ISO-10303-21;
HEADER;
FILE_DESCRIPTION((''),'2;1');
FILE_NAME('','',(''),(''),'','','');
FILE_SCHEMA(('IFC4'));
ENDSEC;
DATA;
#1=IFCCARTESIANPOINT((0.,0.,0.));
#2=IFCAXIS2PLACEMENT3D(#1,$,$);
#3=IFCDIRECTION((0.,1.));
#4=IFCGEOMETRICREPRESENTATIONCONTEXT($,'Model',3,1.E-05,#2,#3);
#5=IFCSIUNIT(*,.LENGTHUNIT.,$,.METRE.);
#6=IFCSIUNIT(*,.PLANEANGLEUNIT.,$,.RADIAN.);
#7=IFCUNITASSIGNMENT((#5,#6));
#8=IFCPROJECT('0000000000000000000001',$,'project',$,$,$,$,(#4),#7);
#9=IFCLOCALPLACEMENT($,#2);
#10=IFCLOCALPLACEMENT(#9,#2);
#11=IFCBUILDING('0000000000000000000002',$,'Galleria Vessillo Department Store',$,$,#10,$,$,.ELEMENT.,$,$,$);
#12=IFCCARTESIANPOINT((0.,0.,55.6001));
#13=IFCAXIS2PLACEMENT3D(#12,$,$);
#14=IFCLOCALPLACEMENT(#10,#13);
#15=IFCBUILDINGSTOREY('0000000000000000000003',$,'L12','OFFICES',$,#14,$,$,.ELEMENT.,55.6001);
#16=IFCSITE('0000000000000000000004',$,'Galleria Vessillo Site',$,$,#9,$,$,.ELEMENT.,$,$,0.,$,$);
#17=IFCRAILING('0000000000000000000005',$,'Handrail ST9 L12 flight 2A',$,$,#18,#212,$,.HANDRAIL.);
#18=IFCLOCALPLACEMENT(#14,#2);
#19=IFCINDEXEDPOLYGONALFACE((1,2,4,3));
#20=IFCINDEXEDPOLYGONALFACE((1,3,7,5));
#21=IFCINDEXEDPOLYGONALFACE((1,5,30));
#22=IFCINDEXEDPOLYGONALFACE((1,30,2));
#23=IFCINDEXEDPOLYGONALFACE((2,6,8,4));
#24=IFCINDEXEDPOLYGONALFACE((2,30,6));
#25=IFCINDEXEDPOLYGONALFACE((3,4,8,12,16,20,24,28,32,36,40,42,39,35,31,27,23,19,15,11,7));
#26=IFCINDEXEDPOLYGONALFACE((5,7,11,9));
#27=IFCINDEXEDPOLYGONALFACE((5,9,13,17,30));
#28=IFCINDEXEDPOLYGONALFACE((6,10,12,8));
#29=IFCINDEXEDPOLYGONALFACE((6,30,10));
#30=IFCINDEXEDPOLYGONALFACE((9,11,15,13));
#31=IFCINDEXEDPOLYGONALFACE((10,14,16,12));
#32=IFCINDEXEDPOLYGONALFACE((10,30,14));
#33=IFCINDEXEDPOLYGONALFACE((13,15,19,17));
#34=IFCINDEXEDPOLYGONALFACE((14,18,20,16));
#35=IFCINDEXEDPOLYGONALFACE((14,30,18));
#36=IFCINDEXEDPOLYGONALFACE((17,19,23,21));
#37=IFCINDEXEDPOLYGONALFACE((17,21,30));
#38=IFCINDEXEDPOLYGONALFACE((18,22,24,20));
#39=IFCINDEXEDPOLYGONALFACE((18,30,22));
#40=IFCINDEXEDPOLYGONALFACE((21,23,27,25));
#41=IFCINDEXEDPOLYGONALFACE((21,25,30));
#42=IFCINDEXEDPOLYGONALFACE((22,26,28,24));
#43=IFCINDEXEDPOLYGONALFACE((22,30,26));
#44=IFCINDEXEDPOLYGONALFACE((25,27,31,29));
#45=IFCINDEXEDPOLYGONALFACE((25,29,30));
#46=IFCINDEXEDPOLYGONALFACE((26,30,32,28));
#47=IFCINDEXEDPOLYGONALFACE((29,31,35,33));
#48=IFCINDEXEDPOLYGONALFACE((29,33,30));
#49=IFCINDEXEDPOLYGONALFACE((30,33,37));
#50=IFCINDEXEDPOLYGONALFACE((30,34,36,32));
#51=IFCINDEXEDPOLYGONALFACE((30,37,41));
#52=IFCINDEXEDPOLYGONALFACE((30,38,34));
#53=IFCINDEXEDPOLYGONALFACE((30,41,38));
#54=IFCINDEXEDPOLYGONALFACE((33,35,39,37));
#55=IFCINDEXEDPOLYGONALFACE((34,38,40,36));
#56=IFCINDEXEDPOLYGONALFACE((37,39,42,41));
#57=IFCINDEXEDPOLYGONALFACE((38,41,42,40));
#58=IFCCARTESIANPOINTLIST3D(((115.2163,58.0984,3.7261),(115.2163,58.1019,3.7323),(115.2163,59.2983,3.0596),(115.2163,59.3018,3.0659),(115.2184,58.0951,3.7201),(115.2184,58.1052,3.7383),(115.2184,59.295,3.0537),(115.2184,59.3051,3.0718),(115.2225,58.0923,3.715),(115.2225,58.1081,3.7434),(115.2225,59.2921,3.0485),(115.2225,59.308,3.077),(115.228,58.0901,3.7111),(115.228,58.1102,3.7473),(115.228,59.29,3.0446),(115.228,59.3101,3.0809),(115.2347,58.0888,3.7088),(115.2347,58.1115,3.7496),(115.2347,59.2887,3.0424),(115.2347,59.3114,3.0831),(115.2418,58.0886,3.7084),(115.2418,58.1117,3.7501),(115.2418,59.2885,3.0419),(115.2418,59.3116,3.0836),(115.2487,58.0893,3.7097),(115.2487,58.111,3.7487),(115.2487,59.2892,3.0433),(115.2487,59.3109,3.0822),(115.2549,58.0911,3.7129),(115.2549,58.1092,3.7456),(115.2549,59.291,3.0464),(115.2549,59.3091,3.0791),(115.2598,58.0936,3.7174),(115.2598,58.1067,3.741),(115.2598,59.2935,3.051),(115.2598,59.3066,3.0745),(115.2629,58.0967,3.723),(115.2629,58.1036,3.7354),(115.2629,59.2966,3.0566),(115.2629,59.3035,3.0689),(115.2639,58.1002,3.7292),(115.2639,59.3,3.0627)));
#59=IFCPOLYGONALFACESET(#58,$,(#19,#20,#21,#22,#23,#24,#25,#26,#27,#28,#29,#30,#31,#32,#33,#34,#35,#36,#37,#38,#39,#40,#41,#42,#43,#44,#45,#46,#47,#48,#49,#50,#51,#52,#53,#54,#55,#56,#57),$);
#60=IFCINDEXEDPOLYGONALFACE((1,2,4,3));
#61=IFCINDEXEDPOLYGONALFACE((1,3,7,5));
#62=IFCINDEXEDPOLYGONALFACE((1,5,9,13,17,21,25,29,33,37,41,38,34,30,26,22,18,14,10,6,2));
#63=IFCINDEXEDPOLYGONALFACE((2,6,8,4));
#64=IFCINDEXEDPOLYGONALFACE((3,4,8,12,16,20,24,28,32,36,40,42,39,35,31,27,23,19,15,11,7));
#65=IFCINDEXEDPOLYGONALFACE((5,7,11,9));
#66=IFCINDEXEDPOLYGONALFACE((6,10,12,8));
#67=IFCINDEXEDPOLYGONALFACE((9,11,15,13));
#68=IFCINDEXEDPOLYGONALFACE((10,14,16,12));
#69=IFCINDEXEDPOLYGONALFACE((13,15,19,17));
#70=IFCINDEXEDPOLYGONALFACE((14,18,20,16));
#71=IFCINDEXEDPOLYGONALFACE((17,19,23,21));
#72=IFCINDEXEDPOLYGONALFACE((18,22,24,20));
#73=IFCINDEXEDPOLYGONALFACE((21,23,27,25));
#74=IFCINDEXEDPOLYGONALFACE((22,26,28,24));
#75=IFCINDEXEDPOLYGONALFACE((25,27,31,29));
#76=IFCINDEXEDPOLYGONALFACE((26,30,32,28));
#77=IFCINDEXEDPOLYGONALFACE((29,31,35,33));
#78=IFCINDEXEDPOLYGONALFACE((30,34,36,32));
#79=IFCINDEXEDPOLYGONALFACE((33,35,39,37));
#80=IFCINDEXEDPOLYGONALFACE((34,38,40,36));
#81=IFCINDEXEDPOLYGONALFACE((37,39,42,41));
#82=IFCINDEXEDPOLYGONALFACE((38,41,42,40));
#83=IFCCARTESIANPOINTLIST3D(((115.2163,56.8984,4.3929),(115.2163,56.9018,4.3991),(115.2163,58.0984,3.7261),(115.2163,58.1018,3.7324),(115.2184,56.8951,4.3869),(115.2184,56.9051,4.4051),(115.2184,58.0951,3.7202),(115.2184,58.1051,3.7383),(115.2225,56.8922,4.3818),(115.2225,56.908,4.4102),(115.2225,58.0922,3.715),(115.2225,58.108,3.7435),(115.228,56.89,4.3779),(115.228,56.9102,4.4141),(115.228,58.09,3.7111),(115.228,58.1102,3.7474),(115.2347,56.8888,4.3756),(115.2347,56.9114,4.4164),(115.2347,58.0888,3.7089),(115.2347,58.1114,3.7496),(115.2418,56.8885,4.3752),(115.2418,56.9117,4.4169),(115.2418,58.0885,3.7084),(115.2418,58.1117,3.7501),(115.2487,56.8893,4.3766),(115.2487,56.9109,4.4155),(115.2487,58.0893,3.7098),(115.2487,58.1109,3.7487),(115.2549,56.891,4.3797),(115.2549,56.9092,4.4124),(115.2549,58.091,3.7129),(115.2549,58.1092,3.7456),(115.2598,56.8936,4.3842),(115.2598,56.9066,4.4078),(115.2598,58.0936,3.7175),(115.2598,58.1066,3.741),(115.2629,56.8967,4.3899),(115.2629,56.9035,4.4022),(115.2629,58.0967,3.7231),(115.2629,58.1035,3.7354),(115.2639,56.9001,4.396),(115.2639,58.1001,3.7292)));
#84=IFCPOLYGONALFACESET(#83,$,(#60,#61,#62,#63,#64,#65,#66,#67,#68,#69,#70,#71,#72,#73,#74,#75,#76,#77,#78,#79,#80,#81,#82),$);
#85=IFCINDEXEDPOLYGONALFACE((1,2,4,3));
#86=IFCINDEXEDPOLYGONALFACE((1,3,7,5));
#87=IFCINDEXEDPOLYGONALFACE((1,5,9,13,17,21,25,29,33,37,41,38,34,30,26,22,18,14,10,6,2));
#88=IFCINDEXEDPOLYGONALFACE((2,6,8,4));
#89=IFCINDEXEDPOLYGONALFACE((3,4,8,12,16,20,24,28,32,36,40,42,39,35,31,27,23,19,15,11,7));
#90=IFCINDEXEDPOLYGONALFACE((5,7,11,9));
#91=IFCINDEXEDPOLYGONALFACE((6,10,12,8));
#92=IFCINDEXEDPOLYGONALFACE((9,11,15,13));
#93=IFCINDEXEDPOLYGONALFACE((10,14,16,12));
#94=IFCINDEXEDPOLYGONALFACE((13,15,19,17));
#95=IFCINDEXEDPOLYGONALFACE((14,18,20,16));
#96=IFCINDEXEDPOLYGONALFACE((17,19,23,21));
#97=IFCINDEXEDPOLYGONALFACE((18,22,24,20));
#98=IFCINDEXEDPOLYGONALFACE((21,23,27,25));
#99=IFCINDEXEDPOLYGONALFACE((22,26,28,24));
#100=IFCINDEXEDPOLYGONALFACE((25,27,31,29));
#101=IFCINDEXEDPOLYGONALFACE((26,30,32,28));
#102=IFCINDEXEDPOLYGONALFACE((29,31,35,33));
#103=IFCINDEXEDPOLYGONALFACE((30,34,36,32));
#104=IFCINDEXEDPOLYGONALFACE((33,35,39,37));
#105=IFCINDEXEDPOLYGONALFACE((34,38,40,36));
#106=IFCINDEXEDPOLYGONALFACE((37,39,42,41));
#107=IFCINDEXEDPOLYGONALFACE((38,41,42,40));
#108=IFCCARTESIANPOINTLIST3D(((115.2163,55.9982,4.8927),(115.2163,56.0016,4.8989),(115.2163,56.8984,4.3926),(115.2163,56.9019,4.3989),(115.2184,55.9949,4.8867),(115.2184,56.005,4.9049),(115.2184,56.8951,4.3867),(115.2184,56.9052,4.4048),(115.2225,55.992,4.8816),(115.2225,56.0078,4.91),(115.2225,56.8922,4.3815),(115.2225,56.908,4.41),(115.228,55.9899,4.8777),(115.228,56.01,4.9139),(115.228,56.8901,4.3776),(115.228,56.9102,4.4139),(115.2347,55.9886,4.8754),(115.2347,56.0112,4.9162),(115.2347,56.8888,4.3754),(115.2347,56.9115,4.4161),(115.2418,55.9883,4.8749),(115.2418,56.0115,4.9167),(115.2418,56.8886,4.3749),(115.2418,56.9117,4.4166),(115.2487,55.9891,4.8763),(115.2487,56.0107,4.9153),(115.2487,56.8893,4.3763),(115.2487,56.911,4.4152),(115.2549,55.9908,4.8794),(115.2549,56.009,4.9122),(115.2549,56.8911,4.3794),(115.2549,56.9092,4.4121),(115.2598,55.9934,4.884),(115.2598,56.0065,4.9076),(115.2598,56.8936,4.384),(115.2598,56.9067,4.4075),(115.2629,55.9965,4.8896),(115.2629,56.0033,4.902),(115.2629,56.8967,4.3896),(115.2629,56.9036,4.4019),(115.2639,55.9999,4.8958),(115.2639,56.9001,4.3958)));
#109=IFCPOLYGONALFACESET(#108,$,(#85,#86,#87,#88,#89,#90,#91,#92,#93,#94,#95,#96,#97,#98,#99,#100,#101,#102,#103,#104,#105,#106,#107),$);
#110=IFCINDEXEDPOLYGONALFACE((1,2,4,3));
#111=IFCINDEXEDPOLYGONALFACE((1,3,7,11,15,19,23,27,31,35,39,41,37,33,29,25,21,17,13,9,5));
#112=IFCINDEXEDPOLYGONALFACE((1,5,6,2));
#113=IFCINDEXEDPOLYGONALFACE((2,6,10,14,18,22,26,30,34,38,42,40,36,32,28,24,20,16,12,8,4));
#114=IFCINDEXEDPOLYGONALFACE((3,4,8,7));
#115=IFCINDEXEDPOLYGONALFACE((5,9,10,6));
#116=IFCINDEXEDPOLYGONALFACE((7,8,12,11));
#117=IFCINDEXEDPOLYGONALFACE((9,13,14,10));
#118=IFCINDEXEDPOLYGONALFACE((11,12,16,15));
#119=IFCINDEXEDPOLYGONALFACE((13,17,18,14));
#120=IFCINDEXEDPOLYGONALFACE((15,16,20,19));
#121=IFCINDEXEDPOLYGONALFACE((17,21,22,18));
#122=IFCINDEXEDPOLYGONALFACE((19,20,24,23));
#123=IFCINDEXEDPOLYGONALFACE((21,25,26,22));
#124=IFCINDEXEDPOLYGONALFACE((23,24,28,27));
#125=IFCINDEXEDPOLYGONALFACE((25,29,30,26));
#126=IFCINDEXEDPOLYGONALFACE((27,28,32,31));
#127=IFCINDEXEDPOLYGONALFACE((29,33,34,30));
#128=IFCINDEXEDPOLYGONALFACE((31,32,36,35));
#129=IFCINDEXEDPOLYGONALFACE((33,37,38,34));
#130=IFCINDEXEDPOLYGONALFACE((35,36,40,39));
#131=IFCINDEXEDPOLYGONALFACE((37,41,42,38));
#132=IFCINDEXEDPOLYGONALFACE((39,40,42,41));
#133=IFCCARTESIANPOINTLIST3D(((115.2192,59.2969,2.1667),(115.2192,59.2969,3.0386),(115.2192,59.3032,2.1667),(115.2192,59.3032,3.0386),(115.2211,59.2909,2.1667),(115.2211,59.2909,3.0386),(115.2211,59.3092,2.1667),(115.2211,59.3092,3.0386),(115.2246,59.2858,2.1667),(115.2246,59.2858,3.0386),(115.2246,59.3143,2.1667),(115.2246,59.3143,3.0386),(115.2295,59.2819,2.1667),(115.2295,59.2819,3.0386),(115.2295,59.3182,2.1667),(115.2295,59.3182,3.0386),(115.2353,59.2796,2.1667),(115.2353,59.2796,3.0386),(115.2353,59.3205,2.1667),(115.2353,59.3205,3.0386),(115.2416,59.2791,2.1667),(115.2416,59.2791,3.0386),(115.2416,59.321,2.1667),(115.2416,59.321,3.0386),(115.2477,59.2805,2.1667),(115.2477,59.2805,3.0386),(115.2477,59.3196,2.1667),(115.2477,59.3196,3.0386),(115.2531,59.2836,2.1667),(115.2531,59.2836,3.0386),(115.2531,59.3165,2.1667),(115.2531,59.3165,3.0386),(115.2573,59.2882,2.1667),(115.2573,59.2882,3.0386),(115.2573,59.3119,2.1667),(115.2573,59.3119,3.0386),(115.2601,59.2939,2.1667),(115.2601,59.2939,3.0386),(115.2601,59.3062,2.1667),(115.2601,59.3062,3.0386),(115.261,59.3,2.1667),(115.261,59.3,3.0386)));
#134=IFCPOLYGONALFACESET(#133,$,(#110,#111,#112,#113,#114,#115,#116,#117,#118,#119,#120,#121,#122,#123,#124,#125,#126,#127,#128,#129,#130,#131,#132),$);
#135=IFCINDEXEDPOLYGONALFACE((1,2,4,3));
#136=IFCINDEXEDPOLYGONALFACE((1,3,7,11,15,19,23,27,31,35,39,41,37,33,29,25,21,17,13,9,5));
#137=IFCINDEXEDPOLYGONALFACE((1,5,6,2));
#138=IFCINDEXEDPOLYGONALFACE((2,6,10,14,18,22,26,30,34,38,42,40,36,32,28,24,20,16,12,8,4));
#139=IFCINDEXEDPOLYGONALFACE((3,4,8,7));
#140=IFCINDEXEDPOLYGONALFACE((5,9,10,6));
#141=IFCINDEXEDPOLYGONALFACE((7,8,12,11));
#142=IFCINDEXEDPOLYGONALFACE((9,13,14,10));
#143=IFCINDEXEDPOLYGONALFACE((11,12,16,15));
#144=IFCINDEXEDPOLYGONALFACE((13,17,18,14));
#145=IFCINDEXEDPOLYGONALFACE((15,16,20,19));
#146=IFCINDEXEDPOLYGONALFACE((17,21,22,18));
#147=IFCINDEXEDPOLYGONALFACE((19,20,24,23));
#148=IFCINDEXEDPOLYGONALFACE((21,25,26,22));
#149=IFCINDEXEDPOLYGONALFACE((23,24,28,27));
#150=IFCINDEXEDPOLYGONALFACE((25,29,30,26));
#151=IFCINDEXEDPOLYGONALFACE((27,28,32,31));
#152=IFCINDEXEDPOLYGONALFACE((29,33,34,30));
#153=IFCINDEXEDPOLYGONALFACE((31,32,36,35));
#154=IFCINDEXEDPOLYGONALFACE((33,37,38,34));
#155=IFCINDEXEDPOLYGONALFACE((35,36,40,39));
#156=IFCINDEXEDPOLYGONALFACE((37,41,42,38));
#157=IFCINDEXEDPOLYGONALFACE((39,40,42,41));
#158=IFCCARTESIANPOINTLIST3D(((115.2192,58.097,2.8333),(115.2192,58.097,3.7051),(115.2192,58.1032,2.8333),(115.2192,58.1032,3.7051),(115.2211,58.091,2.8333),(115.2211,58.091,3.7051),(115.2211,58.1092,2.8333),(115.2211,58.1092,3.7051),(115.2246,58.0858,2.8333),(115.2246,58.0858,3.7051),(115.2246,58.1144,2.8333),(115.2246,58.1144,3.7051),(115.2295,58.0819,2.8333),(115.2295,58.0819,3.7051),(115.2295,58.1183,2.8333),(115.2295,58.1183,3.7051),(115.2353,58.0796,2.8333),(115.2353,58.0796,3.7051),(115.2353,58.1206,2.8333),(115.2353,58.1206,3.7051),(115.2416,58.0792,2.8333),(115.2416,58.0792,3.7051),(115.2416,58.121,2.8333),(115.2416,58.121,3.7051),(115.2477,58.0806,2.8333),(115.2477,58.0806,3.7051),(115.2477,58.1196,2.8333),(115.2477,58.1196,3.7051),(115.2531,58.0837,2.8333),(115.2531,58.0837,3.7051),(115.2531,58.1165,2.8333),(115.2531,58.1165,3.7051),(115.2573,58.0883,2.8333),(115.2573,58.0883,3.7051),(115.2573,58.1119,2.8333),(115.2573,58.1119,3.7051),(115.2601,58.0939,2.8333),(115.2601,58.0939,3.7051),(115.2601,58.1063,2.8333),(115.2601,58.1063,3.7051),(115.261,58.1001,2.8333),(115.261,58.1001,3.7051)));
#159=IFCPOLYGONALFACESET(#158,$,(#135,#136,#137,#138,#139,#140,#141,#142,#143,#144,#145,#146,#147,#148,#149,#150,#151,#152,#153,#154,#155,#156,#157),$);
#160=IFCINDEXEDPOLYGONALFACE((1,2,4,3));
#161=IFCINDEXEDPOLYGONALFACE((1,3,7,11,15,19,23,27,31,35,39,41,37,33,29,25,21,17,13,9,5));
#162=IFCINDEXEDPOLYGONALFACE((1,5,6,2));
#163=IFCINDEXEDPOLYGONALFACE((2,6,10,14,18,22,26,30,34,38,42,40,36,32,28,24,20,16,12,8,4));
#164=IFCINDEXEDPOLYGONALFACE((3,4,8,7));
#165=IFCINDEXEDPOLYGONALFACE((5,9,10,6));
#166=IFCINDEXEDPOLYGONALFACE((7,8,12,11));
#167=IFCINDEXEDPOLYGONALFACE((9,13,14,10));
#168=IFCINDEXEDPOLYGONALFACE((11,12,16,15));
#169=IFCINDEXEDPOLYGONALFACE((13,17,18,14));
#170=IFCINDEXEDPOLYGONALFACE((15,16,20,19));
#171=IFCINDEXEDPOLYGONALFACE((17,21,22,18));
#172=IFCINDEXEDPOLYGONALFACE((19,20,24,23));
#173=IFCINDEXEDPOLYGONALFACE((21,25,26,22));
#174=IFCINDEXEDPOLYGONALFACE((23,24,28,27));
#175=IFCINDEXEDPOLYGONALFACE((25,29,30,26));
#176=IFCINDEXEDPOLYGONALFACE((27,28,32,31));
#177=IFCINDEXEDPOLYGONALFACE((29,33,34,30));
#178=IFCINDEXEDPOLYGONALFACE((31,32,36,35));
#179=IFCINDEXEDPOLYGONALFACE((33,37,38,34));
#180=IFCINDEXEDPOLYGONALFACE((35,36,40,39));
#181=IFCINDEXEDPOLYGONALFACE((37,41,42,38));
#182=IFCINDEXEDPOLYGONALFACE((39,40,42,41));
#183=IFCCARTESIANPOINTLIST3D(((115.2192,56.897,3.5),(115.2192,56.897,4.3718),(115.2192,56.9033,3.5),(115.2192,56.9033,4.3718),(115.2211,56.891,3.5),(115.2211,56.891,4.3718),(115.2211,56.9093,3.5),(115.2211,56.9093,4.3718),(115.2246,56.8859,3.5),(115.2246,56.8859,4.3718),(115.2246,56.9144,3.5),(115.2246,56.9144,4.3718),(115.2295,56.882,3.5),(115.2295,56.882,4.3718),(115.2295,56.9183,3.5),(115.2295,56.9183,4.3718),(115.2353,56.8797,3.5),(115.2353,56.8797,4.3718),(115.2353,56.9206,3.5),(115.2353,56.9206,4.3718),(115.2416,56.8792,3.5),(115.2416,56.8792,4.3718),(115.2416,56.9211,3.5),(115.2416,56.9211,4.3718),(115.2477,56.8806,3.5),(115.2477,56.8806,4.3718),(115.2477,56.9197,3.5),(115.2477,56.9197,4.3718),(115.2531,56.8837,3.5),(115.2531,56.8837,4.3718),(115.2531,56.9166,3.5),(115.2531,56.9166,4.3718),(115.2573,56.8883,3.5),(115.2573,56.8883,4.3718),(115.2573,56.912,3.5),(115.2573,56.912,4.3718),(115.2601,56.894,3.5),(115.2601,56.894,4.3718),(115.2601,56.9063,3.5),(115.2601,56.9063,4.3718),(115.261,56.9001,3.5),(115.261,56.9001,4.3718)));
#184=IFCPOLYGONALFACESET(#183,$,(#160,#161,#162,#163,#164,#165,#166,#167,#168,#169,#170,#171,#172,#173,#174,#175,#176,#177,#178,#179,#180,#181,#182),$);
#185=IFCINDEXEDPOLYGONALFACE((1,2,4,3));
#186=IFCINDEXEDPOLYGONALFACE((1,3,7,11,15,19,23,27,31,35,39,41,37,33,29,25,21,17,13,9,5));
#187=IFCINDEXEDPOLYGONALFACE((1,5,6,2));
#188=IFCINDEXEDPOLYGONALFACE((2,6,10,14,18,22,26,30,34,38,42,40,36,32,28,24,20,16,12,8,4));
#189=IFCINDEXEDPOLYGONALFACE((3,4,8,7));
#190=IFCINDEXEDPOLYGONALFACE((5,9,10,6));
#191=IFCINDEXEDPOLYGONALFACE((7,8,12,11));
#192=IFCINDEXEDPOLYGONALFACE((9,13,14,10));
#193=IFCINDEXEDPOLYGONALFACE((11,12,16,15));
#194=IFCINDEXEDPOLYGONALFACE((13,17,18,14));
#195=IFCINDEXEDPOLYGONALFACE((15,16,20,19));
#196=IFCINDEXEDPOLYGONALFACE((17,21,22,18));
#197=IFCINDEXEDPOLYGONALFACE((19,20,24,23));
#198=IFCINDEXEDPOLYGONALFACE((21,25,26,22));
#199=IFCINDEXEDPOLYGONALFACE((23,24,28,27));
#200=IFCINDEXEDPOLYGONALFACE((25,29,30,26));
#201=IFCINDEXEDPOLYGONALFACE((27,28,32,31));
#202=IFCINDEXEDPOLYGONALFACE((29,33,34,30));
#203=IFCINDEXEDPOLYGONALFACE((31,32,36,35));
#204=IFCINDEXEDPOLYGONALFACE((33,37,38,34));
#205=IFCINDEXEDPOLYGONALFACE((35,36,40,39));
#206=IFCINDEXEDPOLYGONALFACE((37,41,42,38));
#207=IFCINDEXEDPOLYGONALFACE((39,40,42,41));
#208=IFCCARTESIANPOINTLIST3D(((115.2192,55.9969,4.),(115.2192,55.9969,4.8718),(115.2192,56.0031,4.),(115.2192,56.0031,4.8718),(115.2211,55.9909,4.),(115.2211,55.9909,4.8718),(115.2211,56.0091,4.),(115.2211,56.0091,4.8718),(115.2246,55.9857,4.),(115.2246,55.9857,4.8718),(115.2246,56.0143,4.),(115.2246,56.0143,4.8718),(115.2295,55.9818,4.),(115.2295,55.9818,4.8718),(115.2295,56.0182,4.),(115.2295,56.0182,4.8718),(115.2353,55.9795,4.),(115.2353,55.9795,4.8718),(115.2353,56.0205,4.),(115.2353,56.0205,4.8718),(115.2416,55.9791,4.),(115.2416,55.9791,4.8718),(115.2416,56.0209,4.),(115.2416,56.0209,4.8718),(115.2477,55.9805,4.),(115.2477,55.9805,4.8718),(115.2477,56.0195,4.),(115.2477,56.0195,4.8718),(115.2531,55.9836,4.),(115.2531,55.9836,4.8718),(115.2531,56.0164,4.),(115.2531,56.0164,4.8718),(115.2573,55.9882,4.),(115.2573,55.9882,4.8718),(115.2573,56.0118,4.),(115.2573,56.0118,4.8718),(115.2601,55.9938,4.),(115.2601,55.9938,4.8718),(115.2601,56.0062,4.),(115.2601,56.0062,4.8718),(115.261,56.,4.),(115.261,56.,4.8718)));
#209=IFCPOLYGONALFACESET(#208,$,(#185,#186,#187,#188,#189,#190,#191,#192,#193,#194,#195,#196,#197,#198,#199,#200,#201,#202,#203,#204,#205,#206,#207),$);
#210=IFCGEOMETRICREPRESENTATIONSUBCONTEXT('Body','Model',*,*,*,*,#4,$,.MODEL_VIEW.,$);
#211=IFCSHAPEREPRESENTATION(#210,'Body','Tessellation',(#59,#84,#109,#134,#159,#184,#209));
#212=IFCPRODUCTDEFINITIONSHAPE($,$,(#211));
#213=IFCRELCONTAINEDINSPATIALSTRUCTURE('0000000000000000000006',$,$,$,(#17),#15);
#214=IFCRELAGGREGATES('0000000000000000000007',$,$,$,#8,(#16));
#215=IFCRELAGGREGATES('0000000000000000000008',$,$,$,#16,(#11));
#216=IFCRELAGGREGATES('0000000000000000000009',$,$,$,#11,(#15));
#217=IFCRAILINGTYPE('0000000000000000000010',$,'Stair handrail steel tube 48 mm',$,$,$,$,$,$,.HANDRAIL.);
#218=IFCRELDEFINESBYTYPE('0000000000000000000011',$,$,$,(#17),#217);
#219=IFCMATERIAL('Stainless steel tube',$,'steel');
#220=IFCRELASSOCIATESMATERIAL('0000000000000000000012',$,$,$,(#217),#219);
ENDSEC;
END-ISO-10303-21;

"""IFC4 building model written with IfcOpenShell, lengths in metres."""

from ifc_helpers import new_model, si_unit, direction, frame, origin, origin_2d, place, context, subcontext, project, spatial, circle, extrude, material, type_object, element, save


model = new_model("IFC4")

# Units and contexts
model_context = context("Model", 3, precision=1e-05, world=origin(), true_north=direction((0.0, 1.0)))
body_context = subcontext(model_context, "Body", "Model", "MODEL_VIEW")
ifc_project = project(units=[si_unit("LENGTHUNIT", "METRE"), si_unit("PLANEANGLEUNIT", "RADIAN")], contexts=[model_context])

# Site, building, storey
site_placement = place(None, origin())
site = spatial("IfcSite", under=ifc_project, at=site_placement, Name="Galleria Vessillo Site", CompositionType="ELEMENT", RefElevation=0.0)
building_placement = place(site_placement, origin())
building = spatial("IfcBuilding", under=site, at=building_placement, Name="Galleria Vessillo Department Store", CompositionType="ELEMENT")
storey_placement = place(building_placement, frame((0.0, 0.0, 55.6001)))
storey = spatial("IfcBuildingStorey", under=building, at=storey_placement, Name="L12", Description="OFFICES", CompositionType="ELEMENT", Elevation=55.6001)

# Railing
ifc_material_1 = material(Name="Stainless steel tube", Category="steel")
railing_type = type_object("IfcRailingType", Name="Stair handrail steel tube 48 mm", PredefinedType="HANDRAIL", material=ifc_material_1)
railing_placement = place(storey_placement, frame((115.24, 59.3, 2.1667)))
element("IfcRailing", 1, at=railing_placement, inside=storey, type_object=railing_type, Name="Handrail ST9 L12 flight 2A", PredefinedType="HANDRAIL", context=body_context, shape_type="SweptSolid", body=[
    extrude(circle(Radius=0.0239, at=origin_2d()), frame((0.0, 0.0, 0.896), z_axis=(0.0, -0.874199, 0.485567), x_axis=(1.0, 0.0, 0.0)), (0.0, 0.0, 1.0), 1.3726),
    extrude(circle(Radius=0.0239, at=origin_2d()), frame((0.0, -1.2, 1.5625), z_axis=(0.0, -0.874124, 0.485703), x_axis=(1.0, 0.0, 0.0)), (0.0, 0.0, 1.0), 1.3728),
    extrude(circle(Radius=0.0239, at=origin_2d()), frame((0.0, -2.3999, 2.229), z_axis=(0.0, -0.874191, 0.485583), x_axis=(1.0, 0.0, 0.0)), (0.0, 0.0, 1.0), 1.0298),
    extrude(circle(Radius=0.021, at=origin_2d()), origin(), (0.0, 0.0, 1.0), 0.8718),
    extrude(circle(Radius=0.021, at=origin_2d()), frame((0.0, -1.2, 0.6665)), (0.0, 0.0, 1.0), 0.8718),
    extrude(circle(Radius=0.021, at=origin_2d()), frame((0.0, -2.3999, 1.3333)), (0.0, 0.0, 1.0), 0.8718),
    extrude(circle(Radius=0.021, at=origin_2d()), frame((0.0, -3.3, 1.8333)), (0.0, 0.0, 1.0), 0.8718),
])

save(model, "model.ifc")
